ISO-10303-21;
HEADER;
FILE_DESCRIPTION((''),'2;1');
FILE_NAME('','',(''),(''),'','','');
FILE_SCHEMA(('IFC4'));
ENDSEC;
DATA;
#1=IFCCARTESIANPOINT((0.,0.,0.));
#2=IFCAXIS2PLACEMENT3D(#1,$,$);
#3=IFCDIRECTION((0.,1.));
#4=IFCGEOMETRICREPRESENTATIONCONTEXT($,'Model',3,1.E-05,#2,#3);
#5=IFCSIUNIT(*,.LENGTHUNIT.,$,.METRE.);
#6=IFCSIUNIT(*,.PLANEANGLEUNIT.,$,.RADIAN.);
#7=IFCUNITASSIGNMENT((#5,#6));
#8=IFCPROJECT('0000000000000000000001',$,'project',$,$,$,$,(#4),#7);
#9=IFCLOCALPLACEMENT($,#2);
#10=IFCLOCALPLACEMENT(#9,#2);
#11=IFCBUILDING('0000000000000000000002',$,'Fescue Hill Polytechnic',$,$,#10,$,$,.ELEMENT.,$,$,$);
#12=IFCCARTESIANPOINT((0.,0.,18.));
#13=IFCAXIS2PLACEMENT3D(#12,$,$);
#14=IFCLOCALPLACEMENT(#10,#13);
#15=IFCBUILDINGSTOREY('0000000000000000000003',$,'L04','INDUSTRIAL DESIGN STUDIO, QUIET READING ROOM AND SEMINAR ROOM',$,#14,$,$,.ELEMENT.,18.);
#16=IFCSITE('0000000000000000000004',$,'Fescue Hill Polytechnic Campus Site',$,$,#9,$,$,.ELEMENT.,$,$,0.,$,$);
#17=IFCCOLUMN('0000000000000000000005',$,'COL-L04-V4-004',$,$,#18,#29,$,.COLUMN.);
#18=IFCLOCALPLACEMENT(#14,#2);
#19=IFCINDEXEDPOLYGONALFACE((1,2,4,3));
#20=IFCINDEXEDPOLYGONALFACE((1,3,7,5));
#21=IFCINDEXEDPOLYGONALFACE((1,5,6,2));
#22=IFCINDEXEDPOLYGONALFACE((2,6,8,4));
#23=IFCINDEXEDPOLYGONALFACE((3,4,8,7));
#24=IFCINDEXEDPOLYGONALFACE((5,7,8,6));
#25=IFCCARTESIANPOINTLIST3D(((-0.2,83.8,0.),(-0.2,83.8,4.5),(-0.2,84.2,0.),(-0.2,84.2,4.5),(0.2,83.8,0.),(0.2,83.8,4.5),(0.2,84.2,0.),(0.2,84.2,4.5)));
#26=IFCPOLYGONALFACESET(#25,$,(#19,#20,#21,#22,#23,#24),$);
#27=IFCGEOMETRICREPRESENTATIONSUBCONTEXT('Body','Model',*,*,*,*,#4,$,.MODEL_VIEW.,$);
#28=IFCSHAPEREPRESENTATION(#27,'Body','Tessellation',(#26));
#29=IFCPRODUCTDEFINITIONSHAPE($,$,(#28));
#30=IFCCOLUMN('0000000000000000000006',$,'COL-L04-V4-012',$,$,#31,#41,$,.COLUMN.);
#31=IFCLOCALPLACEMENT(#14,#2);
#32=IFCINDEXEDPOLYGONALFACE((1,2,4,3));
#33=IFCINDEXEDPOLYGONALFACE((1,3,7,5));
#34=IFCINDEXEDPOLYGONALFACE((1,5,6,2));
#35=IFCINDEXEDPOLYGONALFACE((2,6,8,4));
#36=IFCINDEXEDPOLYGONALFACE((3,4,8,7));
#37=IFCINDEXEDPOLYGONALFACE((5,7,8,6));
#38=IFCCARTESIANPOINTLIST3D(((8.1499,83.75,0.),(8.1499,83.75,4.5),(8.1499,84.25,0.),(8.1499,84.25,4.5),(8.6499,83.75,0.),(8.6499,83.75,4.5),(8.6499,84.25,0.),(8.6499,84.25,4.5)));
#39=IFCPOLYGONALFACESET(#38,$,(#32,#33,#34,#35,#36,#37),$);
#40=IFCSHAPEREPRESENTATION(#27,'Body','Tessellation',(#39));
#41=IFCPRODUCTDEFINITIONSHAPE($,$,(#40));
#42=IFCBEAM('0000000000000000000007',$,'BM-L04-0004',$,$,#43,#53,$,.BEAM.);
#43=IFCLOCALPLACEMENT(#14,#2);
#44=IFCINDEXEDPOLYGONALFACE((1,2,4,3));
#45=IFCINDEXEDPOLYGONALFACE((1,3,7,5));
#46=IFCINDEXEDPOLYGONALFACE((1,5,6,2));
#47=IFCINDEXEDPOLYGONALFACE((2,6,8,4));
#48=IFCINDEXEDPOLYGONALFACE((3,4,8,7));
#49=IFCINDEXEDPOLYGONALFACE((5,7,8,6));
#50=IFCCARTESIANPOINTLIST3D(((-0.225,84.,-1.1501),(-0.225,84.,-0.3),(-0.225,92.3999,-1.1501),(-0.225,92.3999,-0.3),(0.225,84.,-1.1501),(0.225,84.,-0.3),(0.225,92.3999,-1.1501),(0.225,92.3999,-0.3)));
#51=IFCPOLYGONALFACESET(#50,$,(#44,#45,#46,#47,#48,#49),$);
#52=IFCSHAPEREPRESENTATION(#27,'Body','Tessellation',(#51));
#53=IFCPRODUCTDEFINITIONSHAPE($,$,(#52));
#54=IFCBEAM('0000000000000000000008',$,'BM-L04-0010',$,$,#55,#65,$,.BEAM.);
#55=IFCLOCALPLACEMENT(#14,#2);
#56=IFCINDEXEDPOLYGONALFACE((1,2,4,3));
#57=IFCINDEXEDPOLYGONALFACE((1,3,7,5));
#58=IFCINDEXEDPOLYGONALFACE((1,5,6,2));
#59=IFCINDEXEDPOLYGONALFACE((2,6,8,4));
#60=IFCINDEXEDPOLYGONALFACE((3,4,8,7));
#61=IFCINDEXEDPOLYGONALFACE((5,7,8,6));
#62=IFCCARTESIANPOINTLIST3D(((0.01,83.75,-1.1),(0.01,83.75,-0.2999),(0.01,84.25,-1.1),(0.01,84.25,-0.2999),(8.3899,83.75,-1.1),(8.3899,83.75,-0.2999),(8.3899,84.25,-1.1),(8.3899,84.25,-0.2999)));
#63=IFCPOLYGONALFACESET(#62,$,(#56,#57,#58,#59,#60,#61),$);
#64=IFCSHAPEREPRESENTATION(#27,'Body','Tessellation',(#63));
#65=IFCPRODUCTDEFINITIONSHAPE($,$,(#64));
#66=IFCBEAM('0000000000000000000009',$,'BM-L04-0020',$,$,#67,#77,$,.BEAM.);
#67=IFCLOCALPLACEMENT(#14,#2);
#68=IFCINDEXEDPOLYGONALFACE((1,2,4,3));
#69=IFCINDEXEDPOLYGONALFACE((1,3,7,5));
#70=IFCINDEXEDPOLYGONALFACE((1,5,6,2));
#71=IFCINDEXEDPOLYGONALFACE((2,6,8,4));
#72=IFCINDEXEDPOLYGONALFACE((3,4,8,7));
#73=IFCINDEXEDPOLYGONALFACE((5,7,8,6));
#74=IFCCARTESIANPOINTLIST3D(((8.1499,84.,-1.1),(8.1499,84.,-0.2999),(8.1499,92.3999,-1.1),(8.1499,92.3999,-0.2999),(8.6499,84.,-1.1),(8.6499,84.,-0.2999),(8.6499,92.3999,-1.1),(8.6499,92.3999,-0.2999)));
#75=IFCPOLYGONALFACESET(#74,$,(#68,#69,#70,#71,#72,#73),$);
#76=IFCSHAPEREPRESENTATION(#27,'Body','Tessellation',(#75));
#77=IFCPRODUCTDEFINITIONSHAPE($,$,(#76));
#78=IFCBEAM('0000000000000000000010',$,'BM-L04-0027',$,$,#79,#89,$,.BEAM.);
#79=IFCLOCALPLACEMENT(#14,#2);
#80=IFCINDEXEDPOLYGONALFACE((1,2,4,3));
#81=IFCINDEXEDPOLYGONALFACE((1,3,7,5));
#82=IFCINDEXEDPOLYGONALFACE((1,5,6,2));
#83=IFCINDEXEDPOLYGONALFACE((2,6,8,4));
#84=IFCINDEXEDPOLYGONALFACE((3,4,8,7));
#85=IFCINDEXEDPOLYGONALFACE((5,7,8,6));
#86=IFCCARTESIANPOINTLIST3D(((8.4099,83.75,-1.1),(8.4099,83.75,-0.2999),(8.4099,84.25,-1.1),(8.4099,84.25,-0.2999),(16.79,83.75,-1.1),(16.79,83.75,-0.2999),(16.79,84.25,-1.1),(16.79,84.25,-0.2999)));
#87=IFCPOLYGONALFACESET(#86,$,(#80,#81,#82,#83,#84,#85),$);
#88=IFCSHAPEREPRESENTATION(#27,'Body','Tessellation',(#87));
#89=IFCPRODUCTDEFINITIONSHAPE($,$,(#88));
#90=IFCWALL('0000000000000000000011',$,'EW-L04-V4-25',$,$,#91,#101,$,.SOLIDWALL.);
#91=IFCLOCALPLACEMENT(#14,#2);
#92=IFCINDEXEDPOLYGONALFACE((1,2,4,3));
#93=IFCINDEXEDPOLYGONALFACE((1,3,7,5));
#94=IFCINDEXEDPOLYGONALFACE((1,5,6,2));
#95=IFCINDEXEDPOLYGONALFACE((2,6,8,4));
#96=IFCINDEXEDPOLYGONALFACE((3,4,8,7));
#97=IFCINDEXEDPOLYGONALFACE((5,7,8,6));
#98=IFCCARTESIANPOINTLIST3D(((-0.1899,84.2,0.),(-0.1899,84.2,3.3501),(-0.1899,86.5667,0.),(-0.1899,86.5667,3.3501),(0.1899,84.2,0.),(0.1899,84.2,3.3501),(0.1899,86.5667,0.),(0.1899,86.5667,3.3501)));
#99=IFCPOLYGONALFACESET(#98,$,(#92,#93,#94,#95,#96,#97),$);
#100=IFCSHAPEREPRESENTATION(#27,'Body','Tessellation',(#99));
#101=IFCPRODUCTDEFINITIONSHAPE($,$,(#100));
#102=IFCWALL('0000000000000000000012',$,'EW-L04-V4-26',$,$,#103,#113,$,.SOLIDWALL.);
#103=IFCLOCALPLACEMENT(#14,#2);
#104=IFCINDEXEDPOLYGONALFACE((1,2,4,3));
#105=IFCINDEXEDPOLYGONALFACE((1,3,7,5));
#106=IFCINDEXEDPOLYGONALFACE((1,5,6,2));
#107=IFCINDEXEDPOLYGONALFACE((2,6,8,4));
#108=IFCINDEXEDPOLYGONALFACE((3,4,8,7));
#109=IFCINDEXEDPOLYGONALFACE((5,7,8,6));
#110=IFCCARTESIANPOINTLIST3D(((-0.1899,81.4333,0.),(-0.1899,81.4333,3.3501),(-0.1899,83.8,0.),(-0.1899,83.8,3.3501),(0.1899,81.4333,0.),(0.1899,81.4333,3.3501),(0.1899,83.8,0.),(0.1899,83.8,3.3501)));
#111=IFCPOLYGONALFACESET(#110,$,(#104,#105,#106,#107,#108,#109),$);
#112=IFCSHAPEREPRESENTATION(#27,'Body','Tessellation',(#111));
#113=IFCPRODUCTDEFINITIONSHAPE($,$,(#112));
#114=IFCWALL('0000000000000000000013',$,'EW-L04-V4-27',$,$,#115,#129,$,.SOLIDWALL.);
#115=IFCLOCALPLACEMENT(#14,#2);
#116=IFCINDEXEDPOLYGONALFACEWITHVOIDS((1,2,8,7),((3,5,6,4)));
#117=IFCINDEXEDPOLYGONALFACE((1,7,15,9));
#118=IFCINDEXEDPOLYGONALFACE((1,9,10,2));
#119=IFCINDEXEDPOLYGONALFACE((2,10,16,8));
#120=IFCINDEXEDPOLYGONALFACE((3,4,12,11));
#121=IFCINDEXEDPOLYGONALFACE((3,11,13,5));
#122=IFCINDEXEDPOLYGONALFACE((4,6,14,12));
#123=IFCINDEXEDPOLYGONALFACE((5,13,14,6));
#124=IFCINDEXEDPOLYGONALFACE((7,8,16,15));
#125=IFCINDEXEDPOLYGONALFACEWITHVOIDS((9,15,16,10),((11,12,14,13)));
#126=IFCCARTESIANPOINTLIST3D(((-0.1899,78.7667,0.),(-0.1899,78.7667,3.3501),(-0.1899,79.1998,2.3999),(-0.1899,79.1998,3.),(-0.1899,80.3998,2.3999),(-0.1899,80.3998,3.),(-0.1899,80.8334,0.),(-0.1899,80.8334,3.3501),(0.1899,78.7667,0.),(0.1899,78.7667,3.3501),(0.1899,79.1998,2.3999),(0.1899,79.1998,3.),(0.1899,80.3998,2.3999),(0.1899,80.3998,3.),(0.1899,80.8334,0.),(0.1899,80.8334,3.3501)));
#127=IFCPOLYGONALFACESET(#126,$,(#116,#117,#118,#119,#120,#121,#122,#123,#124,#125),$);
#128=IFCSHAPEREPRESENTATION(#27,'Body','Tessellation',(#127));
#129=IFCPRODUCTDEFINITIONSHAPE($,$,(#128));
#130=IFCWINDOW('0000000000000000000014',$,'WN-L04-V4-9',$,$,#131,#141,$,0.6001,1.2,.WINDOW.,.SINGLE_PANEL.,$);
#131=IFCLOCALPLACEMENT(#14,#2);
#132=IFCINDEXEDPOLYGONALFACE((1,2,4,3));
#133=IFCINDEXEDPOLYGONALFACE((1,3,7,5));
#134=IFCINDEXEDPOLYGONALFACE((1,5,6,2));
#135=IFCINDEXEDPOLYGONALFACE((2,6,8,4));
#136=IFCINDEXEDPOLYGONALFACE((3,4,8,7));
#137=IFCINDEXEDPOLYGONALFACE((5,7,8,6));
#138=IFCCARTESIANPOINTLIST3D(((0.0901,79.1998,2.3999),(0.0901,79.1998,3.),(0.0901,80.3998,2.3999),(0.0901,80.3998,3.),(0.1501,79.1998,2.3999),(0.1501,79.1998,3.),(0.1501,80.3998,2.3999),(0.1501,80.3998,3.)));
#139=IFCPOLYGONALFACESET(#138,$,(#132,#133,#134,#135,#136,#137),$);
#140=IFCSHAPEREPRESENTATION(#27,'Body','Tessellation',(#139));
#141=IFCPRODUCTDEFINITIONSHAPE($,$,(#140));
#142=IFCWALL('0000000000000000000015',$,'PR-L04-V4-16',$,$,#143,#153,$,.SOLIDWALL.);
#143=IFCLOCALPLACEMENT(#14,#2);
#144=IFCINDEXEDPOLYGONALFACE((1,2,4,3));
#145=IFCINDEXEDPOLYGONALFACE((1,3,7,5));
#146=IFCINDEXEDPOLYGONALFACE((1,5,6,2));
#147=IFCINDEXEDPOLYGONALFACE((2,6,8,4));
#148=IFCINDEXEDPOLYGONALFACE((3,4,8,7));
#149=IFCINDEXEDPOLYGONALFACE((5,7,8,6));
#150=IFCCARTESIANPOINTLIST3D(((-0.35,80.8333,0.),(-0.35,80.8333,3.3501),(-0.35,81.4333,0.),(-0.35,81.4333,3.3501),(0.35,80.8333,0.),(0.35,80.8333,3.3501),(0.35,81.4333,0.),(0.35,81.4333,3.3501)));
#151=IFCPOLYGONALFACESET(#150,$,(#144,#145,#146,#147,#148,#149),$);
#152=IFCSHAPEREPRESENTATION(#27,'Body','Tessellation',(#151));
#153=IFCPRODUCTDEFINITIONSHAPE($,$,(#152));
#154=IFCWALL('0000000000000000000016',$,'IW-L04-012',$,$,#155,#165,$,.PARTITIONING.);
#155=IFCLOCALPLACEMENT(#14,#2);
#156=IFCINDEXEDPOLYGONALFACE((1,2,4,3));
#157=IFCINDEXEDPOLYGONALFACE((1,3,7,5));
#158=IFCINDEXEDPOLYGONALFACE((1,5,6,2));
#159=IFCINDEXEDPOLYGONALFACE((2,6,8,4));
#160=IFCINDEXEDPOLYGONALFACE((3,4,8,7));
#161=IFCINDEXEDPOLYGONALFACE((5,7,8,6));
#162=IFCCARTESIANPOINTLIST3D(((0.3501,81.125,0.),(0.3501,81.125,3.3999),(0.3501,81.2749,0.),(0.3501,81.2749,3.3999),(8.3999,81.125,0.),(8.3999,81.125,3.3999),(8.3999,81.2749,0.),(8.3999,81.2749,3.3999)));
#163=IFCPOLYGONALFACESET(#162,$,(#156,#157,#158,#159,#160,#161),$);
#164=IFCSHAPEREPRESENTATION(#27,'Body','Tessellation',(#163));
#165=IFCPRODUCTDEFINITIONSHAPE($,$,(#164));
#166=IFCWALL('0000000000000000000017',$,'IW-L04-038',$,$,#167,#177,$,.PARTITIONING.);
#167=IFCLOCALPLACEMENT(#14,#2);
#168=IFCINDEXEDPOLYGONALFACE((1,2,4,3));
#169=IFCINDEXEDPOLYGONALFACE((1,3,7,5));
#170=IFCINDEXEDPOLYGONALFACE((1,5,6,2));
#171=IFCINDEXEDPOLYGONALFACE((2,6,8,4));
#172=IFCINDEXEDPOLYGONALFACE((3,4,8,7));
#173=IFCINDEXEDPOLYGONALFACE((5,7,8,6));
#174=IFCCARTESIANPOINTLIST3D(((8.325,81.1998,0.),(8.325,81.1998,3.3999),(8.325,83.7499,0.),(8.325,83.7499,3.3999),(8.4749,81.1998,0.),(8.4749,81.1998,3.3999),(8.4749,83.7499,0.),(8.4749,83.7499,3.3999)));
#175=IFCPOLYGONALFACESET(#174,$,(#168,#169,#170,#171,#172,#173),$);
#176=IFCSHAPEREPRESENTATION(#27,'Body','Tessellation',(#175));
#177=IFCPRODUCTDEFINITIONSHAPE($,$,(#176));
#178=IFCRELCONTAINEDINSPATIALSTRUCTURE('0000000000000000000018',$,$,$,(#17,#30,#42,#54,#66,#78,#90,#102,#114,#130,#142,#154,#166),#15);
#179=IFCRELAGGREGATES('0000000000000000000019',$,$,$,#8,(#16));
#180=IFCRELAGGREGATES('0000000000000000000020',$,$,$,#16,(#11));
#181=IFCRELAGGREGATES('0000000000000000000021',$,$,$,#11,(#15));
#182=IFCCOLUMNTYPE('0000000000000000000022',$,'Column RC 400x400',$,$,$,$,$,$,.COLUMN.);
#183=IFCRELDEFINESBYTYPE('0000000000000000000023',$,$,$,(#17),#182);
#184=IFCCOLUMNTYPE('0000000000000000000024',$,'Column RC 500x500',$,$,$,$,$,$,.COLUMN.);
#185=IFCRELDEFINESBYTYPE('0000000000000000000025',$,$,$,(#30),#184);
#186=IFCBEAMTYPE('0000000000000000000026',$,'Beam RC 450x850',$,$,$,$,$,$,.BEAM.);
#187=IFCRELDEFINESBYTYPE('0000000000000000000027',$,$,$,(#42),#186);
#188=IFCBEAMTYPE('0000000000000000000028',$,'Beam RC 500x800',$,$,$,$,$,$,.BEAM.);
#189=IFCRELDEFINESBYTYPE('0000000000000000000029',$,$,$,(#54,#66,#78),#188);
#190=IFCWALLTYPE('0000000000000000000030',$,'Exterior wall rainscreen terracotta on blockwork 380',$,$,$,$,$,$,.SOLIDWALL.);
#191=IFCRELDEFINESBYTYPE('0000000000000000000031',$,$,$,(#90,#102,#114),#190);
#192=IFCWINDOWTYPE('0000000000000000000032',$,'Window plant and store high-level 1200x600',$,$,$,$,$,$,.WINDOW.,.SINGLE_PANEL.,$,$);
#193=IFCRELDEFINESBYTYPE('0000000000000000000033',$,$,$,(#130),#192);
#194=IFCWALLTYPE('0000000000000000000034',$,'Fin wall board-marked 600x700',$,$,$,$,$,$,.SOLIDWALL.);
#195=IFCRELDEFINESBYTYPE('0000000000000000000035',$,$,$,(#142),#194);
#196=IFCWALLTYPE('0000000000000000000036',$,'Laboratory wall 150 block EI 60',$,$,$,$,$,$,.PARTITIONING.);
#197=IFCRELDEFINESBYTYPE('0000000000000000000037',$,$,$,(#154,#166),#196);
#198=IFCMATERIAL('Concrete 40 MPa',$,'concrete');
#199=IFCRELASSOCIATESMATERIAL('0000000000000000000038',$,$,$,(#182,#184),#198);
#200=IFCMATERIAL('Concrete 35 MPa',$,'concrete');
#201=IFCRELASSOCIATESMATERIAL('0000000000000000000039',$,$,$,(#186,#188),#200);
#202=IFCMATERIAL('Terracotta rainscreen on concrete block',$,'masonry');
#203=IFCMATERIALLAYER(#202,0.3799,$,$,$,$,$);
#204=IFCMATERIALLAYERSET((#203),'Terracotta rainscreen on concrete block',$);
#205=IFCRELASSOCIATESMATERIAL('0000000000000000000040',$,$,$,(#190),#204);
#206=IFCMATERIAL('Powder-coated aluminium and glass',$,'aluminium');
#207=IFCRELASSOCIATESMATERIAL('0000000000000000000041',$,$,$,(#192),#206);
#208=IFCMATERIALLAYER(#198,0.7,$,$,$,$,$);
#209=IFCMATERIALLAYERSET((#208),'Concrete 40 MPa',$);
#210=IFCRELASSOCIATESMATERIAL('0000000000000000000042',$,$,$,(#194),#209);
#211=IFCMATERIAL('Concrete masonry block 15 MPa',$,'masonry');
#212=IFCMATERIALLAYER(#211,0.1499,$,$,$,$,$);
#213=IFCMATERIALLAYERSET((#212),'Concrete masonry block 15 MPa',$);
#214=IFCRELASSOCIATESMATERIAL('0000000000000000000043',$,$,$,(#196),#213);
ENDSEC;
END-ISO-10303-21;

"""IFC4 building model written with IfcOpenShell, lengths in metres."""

from ifc_helpers import new_model, si_unit, direction, frame, frame_2d, origin, origin_2d, place, context, subcontext, project, spatial, rectangle, extrude, material, layer, layer_set, material_profile, profile_set, type_object, element, fill, save


model = new_model("IFC4")

# Units and contexts
model_context = context("Model", 3, precision=1e-05, world=origin(), true_north=direction((0.0, 1.0)))
body_context = subcontext(model_context, "Body", "Model", "MODEL_VIEW")
ifc_project = project(units=[si_unit("LENGTHUNIT", "METRE"), si_unit("PLANEANGLEUNIT", "RADIAN")], contexts=[model_context])

# Site, building, storey
site_placement = place(None, origin())
site = spatial("IfcSite", under=ifc_project, at=site_placement, Name="Fescue Hill Polytechnic Campus Site", CompositionType="ELEMENT", RefElevation=0.0)
building_placement = place(site_placement, origin())
building = spatial("IfcBuilding", under=site, at=building_placement, Name="Fescue Hill Polytechnic", CompositionType="ELEMENT")
storey_placement = place(building_placement, frame((0.0, 0.0, 18.0)))
storey = spatial("IfcBuildingStorey", under=building, at=storey_placement, Name="L04", Description="INDUSTRIAL DESIGN STUDIO, QUIET READING ROOM AND SEMINAR ROOM", CompositionType="ELEMENT", Elevation=18.0)

# Columns
ifc_material_1 = material(Name="Concrete 40 MPa", Category="concrete")
ifc_material_profile_1 = material_profile(ifc_material_1, rectangle(XDim=0.3999, YDim=0.3999, at=origin_2d()), Name="RC 400x400")
ifc_profile_set_1 = profile_set([ifc_material_profile_1], Name="Concrete 40 MPa")
column_type_1 = type_object("IfcColumnType", Name="Column RC 400x400", PredefinedType="COLUMN", material=ifc_profile_set_1)
column_1_placement = place(storey_placement, frame((0.0, 84.0, 0.0), z_axis=(0.0, 0.0, 1.0), x_axis=(1.0, 0.0, 0.0)))
element("IfcColumn", 1, at=column_1_placement, inside=storey, type_object=column_type_1, Name="COL-L04-V4-004", PredefinedType="COLUMN", context=body_context, shape_type="SweptSolid", body=[
    extrude(rectangle(XDim=0.3999, YDim=0.3999, at=origin_2d()), origin(), (0.0, 0.0, 1.0), 4.5),
])
ifc_material_profile_2 = material_profile(ifc_material_1, rectangle(XDim=0.5, YDim=0.5, at=origin_2d()), Name="RC 500x500")
ifc_profile_set_2 = profile_set([ifc_material_profile_2], Name="Concrete 40 MPa")
column_type_2 = type_object("IfcColumnType", Name="Column RC 500x500", PredefinedType="COLUMN", material=ifc_profile_set_2)
column_2_placement = place(storey_placement, frame((8.3999, 84.0, 0.0), z_axis=(0.0, 0.0, 1.0), x_axis=(1.0, 0.0, 0.0)))
element("IfcColumn", 2, at=column_2_placement, inside=storey, type_object=column_type_2, Name="COL-L04-V4-012", PredefinedType="COLUMN", context=body_context, shape_type="SweptSolid", body=[
    extrude(rectangle(XDim=0.5, YDim=0.5, at=origin_2d()), origin(), (0.0, 0.0, 1.0), 4.5),
])

# Beams
ifc_material_2 = material(Name="Concrete 35 MPa", Category="concrete")
ifc_material_profile_3 = material_profile(ifc_material_2, rectangle(XDim=0.45, YDim=0.8501, at=origin_2d()), Name="RC 450x850")
ifc_profile_set_3 = profile_set([ifc_material_profile_3], Name="Concrete 35 MPa")
beam_type_1 = type_object("IfcBeamType", Name="Beam RC 450x850", PredefinedType="BEAM", material=ifc_profile_set_3)
beam_1_placement = place(storey_placement, frame((0.0, 84.0, -0.7251), z_axis=(0.0, 1.0, 0.0), x_axis=(-1.0, 0.0, 0.0)))
element("IfcBeam", 3, at=beam_1_placement, inside=storey, type_object=beam_type_1, Name="BM-L04-0004", PredefinedType="BEAM", context=body_context, shape_type="SweptSolid", body=[
    extrude(rectangle(XDim=0.45, YDim=0.8501, at=origin_2d()), origin(), (0.0, 0.0, 1.0), 8.3999),
])
ifc_material_profile_4 = material_profile(ifc_material_2, rectangle(XDim=0.5, YDim=0.8, at=origin_2d()), Name="RC 500x800")
ifc_profile_set_4 = profile_set([ifc_material_profile_4], Name="Concrete 35 MPa")
beam_type_2 = type_object("IfcBeamType", Name="Beam RC 500x800", PredefinedType="BEAM", material=ifc_profile_set_4)
beam_2_placement = place(storey_placement, frame((0.01, 84.0, -0.7), z_axis=(1.0, 0.0, 0.0), x_axis=(0.0, 1.0, 0.0)))
element("IfcBeam", 4, at=beam_2_placement, inside=storey, type_object=beam_type_2, Name="BM-L04-0010", PredefinedType="BEAM", context=body_context, shape_type="SweptSolid", body=[
    extrude(rectangle(XDim=0.5, YDim=0.8, at=origin_2d()), origin(), (0.0, 0.0, 1.0), 8.3799),
])
beam_3_placement = place(storey_placement, frame((8.3999, 84.0, -0.7), z_axis=(0.0, 1.0, 0.0), x_axis=(-1.0, 0.0, 0.0)))
element("IfcBeam", 5, at=beam_3_placement, inside=storey, type_object=beam_type_2, Name="BM-L04-0020", PredefinedType="BEAM", context=body_context, shape_type="SweptSolid", body=[
    extrude(rectangle(XDim=0.5, YDim=0.8, at=origin_2d()), origin(), (0.0, 0.0, 1.0), 8.3999),
])
beam_4_placement = place(storey_placement, frame((8.4099, 84.0, -0.7), z_axis=(1.0, 0.0, 0.0), x_axis=(0.0, 1.0, 0.0)))
element("IfcBeam", 6, at=beam_4_placement, inside=storey, type_object=beam_type_2, Name="BM-L04-0027", PredefinedType="BEAM", context=body_context, shape_type="SweptSolid", body=[
    extrude(rectangle(XDim=0.5, YDim=0.8, at=origin_2d()), origin(), (0.0, 0.0, 1.0), 8.3801),
])

# Walls
ifc_material_3 = material(Name="Terracotta rainscreen on concrete block", Category="masonry")
ifc_layer_1 = layer(ifc_material_3, 0.3799)
ifc_layer_set_1 = layer_set([ifc_layer_1], Name="Terracotta rainscreen on concrete block")
wall_type_1 = type_object("IfcWallType", Name="Exterior wall rainscreen terracotta on blockwork 380", PredefinedType="SOLIDWALL", material=ifc_layer_set_1)
for number, where, z_axis, x_axis, name in (
    (7, (0.0, 86.5667, 0.0), (0.0, 0.0, 1.0), (0.0, -1.0, 0.0), "EW-L04-V4-25"),
    (8, (0.0, 83.8, 0.0), (0.0, 0.0, 1.0), (0.0, -1.0, 0.0), "EW-L04-V4-26"),
):
    element("IfcWall", number, at=place(storey_placement, frame(where, z_axis=z_axis, x_axis=x_axis)), inside=storey, type_object=wall_type_1, Name=name, PredefinedType="SOLIDWALL", context=body_context, shape_type="SweptSolid", body=[
        extrude(rectangle(XDim=2.3667, YDim=0.3799, at=frame_2d((1.1833, 0.0))), origin(), (0.0, 0.0, 1.0), 3.3501),
    ])

# Wall, opening, window
wall_1_placement = place(storey_placement, frame((0.0, 80.8333, 0.0), z_axis=(0.0, 0.0, 1.0), x_axis=(0.0, -1.0, 0.0)))
wall_1 = element("IfcWall", 9, at=wall_1_placement, inside=storey, type_object=wall_type_1, Name="EW-L04-V4-27", PredefinedType="SOLIDWALL", context=body_context, shape_type="SweptSolid", body=[
    extrude(rectangle(XDim=2.0667, YDim=0.3799, at=frame_2d((1.0332, 0.0))), origin(), (0.0, 0.0, 1.0), 3.3501),
])
opening_1_placement = place(wall_1_placement, frame((0.4333, 0.0, 2.3999)))
opening_1 = element("IfcOpeningElement", 10, at=opening_1_placement, cuts=wall_1, PredefinedType="OPENING", context=body_context, shape_type="SweptSolid", body=[
    extrude(rectangle(XDim=1.2, YDim=0.6001, at=frame_2d((0.6001, 0.3))), frame((0.0, 0.2, 0.0), z_axis=(0.0, -1.0, 0.0), x_axis=(1.0, 0.0, 0.0)), (0.0, 0.0, 1.0), 0.3999),
])
ifc_material_4 = material(Name="Powder-coated aluminium and glass", Category="aluminium")
window_type = type_object("IfcWindowType", Name="Window plant and store high-level 1200x600", PartitioningType="SINGLE_PANEL", PredefinedType="WINDOW", material=ifc_material_4)
window_placement = place(opening_1_placement, origin())
window = element("IfcWindow", 11, at=window_placement, inside=storey, type_object=window_type, Name="WN-L04-V4-9", OverallHeight=0.6001, OverallWidth=1.2, PartitioningType="SINGLE_PANEL", PredefinedType="WINDOW", context=body_context, shape_type="SweptSolid", body=[
    extrude(rectangle(XDim=1.2, YDim=0.6001, at=frame_2d((0.6001, 0.3))), frame((0.0, 0.1501, 0.0), z_axis=(0.0, -1.0, 0.0), x_axis=(1.0, 0.0, 0.0)), (0.0, 0.0, 1.0), 0.0601),
])
fill(opening_1, window)

# Walls
ifc_layer_2 = layer(ifc_material_1, 0.7)
ifc_layer_set_2 = layer_set([ifc_layer_2], Name="Concrete 40 MPa")
wall_type_2 = type_object("IfcWallType", Name="Fin wall board-marked 600x700", PredefinedType="SOLIDWALL", material=ifc_layer_set_2)
wall_2_placement = place(storey_placement, frame((0.0, 81.4333, 0.0), z_axis=(0.0, 0.0, 1.0), x_axis=(0.0, -1.0, 0.0)))
element("IfcWall", 12, at=wall_2_placement, inside=storey, type_object=wall_type_2, Name="PR-L04-V4-16", PredefinedType="SOLIDWALL", context=body_context, shape_type="SweptSolid", body=[
    extrude(rectangle(XDim=0.6001, YDim=0.7, at=frame_2d((0.3, 0.0))), origin(), (0.0, 0.0, 1.0), 3.3501),
])
ifc_material_5 = material(Name="Concrete masonry block 15 MPa", Category="masonry")
ifc_layer_3 = layer(ifc_material_5, 0.1499)
ifc_layer_set_3 = layer_set([ifc_layer_3], Name="Concrete masonry block 15 MPa")
wall_type_3 = type_object("IfcWallType", Name="Laboratory wall 150 block EI 60", PredefinedType="PARTITIONING", material=ifc_layer_set_3)
wall_3_placement = place(storey_placement, frame((0.3501, 81.2, 0.0), z_axis=(0.0, 0.0, 1.0), x_axis=(1.0, 0.0, 0.0)))
element("IfcWall", 13, at=wall_3_placement, inside=storey, type_object=wall_type_3, Name="IW-L04-012", PredefinedType="PARTITIONING", context=body_context, shape_type="SweptSolid", body=[
    extrude(rectangle(XDim=8.0498, YDim=0.1499, at=frame_2d((4.0249, 0.0))), origin(), (0.0, 0.0, 1.0), 3.3999),
])
wall_4_placement = place(storey_placement, frame((8.3999, 81.2, 0.0), z_axis=(0.0, 0.0, 1.0), x_axis=(0.0, 1.0, 0.0)))
element("IfcWall", 14, at=wall_4_placement, inside=storey, type_object=wall_type_3, Name="IW-L04-038", PredefinedType="PARTITIONING", context=body_context, shape_type="SweptSolid", body=[
    extrude(rectangle(XDim=2.55, YDim=0.1499, at=frame_2d((1.2749, 0.0))), origin(), (0.0, 0.0, 1.0), 3.3999),
])

save(model, "model.ifc")
